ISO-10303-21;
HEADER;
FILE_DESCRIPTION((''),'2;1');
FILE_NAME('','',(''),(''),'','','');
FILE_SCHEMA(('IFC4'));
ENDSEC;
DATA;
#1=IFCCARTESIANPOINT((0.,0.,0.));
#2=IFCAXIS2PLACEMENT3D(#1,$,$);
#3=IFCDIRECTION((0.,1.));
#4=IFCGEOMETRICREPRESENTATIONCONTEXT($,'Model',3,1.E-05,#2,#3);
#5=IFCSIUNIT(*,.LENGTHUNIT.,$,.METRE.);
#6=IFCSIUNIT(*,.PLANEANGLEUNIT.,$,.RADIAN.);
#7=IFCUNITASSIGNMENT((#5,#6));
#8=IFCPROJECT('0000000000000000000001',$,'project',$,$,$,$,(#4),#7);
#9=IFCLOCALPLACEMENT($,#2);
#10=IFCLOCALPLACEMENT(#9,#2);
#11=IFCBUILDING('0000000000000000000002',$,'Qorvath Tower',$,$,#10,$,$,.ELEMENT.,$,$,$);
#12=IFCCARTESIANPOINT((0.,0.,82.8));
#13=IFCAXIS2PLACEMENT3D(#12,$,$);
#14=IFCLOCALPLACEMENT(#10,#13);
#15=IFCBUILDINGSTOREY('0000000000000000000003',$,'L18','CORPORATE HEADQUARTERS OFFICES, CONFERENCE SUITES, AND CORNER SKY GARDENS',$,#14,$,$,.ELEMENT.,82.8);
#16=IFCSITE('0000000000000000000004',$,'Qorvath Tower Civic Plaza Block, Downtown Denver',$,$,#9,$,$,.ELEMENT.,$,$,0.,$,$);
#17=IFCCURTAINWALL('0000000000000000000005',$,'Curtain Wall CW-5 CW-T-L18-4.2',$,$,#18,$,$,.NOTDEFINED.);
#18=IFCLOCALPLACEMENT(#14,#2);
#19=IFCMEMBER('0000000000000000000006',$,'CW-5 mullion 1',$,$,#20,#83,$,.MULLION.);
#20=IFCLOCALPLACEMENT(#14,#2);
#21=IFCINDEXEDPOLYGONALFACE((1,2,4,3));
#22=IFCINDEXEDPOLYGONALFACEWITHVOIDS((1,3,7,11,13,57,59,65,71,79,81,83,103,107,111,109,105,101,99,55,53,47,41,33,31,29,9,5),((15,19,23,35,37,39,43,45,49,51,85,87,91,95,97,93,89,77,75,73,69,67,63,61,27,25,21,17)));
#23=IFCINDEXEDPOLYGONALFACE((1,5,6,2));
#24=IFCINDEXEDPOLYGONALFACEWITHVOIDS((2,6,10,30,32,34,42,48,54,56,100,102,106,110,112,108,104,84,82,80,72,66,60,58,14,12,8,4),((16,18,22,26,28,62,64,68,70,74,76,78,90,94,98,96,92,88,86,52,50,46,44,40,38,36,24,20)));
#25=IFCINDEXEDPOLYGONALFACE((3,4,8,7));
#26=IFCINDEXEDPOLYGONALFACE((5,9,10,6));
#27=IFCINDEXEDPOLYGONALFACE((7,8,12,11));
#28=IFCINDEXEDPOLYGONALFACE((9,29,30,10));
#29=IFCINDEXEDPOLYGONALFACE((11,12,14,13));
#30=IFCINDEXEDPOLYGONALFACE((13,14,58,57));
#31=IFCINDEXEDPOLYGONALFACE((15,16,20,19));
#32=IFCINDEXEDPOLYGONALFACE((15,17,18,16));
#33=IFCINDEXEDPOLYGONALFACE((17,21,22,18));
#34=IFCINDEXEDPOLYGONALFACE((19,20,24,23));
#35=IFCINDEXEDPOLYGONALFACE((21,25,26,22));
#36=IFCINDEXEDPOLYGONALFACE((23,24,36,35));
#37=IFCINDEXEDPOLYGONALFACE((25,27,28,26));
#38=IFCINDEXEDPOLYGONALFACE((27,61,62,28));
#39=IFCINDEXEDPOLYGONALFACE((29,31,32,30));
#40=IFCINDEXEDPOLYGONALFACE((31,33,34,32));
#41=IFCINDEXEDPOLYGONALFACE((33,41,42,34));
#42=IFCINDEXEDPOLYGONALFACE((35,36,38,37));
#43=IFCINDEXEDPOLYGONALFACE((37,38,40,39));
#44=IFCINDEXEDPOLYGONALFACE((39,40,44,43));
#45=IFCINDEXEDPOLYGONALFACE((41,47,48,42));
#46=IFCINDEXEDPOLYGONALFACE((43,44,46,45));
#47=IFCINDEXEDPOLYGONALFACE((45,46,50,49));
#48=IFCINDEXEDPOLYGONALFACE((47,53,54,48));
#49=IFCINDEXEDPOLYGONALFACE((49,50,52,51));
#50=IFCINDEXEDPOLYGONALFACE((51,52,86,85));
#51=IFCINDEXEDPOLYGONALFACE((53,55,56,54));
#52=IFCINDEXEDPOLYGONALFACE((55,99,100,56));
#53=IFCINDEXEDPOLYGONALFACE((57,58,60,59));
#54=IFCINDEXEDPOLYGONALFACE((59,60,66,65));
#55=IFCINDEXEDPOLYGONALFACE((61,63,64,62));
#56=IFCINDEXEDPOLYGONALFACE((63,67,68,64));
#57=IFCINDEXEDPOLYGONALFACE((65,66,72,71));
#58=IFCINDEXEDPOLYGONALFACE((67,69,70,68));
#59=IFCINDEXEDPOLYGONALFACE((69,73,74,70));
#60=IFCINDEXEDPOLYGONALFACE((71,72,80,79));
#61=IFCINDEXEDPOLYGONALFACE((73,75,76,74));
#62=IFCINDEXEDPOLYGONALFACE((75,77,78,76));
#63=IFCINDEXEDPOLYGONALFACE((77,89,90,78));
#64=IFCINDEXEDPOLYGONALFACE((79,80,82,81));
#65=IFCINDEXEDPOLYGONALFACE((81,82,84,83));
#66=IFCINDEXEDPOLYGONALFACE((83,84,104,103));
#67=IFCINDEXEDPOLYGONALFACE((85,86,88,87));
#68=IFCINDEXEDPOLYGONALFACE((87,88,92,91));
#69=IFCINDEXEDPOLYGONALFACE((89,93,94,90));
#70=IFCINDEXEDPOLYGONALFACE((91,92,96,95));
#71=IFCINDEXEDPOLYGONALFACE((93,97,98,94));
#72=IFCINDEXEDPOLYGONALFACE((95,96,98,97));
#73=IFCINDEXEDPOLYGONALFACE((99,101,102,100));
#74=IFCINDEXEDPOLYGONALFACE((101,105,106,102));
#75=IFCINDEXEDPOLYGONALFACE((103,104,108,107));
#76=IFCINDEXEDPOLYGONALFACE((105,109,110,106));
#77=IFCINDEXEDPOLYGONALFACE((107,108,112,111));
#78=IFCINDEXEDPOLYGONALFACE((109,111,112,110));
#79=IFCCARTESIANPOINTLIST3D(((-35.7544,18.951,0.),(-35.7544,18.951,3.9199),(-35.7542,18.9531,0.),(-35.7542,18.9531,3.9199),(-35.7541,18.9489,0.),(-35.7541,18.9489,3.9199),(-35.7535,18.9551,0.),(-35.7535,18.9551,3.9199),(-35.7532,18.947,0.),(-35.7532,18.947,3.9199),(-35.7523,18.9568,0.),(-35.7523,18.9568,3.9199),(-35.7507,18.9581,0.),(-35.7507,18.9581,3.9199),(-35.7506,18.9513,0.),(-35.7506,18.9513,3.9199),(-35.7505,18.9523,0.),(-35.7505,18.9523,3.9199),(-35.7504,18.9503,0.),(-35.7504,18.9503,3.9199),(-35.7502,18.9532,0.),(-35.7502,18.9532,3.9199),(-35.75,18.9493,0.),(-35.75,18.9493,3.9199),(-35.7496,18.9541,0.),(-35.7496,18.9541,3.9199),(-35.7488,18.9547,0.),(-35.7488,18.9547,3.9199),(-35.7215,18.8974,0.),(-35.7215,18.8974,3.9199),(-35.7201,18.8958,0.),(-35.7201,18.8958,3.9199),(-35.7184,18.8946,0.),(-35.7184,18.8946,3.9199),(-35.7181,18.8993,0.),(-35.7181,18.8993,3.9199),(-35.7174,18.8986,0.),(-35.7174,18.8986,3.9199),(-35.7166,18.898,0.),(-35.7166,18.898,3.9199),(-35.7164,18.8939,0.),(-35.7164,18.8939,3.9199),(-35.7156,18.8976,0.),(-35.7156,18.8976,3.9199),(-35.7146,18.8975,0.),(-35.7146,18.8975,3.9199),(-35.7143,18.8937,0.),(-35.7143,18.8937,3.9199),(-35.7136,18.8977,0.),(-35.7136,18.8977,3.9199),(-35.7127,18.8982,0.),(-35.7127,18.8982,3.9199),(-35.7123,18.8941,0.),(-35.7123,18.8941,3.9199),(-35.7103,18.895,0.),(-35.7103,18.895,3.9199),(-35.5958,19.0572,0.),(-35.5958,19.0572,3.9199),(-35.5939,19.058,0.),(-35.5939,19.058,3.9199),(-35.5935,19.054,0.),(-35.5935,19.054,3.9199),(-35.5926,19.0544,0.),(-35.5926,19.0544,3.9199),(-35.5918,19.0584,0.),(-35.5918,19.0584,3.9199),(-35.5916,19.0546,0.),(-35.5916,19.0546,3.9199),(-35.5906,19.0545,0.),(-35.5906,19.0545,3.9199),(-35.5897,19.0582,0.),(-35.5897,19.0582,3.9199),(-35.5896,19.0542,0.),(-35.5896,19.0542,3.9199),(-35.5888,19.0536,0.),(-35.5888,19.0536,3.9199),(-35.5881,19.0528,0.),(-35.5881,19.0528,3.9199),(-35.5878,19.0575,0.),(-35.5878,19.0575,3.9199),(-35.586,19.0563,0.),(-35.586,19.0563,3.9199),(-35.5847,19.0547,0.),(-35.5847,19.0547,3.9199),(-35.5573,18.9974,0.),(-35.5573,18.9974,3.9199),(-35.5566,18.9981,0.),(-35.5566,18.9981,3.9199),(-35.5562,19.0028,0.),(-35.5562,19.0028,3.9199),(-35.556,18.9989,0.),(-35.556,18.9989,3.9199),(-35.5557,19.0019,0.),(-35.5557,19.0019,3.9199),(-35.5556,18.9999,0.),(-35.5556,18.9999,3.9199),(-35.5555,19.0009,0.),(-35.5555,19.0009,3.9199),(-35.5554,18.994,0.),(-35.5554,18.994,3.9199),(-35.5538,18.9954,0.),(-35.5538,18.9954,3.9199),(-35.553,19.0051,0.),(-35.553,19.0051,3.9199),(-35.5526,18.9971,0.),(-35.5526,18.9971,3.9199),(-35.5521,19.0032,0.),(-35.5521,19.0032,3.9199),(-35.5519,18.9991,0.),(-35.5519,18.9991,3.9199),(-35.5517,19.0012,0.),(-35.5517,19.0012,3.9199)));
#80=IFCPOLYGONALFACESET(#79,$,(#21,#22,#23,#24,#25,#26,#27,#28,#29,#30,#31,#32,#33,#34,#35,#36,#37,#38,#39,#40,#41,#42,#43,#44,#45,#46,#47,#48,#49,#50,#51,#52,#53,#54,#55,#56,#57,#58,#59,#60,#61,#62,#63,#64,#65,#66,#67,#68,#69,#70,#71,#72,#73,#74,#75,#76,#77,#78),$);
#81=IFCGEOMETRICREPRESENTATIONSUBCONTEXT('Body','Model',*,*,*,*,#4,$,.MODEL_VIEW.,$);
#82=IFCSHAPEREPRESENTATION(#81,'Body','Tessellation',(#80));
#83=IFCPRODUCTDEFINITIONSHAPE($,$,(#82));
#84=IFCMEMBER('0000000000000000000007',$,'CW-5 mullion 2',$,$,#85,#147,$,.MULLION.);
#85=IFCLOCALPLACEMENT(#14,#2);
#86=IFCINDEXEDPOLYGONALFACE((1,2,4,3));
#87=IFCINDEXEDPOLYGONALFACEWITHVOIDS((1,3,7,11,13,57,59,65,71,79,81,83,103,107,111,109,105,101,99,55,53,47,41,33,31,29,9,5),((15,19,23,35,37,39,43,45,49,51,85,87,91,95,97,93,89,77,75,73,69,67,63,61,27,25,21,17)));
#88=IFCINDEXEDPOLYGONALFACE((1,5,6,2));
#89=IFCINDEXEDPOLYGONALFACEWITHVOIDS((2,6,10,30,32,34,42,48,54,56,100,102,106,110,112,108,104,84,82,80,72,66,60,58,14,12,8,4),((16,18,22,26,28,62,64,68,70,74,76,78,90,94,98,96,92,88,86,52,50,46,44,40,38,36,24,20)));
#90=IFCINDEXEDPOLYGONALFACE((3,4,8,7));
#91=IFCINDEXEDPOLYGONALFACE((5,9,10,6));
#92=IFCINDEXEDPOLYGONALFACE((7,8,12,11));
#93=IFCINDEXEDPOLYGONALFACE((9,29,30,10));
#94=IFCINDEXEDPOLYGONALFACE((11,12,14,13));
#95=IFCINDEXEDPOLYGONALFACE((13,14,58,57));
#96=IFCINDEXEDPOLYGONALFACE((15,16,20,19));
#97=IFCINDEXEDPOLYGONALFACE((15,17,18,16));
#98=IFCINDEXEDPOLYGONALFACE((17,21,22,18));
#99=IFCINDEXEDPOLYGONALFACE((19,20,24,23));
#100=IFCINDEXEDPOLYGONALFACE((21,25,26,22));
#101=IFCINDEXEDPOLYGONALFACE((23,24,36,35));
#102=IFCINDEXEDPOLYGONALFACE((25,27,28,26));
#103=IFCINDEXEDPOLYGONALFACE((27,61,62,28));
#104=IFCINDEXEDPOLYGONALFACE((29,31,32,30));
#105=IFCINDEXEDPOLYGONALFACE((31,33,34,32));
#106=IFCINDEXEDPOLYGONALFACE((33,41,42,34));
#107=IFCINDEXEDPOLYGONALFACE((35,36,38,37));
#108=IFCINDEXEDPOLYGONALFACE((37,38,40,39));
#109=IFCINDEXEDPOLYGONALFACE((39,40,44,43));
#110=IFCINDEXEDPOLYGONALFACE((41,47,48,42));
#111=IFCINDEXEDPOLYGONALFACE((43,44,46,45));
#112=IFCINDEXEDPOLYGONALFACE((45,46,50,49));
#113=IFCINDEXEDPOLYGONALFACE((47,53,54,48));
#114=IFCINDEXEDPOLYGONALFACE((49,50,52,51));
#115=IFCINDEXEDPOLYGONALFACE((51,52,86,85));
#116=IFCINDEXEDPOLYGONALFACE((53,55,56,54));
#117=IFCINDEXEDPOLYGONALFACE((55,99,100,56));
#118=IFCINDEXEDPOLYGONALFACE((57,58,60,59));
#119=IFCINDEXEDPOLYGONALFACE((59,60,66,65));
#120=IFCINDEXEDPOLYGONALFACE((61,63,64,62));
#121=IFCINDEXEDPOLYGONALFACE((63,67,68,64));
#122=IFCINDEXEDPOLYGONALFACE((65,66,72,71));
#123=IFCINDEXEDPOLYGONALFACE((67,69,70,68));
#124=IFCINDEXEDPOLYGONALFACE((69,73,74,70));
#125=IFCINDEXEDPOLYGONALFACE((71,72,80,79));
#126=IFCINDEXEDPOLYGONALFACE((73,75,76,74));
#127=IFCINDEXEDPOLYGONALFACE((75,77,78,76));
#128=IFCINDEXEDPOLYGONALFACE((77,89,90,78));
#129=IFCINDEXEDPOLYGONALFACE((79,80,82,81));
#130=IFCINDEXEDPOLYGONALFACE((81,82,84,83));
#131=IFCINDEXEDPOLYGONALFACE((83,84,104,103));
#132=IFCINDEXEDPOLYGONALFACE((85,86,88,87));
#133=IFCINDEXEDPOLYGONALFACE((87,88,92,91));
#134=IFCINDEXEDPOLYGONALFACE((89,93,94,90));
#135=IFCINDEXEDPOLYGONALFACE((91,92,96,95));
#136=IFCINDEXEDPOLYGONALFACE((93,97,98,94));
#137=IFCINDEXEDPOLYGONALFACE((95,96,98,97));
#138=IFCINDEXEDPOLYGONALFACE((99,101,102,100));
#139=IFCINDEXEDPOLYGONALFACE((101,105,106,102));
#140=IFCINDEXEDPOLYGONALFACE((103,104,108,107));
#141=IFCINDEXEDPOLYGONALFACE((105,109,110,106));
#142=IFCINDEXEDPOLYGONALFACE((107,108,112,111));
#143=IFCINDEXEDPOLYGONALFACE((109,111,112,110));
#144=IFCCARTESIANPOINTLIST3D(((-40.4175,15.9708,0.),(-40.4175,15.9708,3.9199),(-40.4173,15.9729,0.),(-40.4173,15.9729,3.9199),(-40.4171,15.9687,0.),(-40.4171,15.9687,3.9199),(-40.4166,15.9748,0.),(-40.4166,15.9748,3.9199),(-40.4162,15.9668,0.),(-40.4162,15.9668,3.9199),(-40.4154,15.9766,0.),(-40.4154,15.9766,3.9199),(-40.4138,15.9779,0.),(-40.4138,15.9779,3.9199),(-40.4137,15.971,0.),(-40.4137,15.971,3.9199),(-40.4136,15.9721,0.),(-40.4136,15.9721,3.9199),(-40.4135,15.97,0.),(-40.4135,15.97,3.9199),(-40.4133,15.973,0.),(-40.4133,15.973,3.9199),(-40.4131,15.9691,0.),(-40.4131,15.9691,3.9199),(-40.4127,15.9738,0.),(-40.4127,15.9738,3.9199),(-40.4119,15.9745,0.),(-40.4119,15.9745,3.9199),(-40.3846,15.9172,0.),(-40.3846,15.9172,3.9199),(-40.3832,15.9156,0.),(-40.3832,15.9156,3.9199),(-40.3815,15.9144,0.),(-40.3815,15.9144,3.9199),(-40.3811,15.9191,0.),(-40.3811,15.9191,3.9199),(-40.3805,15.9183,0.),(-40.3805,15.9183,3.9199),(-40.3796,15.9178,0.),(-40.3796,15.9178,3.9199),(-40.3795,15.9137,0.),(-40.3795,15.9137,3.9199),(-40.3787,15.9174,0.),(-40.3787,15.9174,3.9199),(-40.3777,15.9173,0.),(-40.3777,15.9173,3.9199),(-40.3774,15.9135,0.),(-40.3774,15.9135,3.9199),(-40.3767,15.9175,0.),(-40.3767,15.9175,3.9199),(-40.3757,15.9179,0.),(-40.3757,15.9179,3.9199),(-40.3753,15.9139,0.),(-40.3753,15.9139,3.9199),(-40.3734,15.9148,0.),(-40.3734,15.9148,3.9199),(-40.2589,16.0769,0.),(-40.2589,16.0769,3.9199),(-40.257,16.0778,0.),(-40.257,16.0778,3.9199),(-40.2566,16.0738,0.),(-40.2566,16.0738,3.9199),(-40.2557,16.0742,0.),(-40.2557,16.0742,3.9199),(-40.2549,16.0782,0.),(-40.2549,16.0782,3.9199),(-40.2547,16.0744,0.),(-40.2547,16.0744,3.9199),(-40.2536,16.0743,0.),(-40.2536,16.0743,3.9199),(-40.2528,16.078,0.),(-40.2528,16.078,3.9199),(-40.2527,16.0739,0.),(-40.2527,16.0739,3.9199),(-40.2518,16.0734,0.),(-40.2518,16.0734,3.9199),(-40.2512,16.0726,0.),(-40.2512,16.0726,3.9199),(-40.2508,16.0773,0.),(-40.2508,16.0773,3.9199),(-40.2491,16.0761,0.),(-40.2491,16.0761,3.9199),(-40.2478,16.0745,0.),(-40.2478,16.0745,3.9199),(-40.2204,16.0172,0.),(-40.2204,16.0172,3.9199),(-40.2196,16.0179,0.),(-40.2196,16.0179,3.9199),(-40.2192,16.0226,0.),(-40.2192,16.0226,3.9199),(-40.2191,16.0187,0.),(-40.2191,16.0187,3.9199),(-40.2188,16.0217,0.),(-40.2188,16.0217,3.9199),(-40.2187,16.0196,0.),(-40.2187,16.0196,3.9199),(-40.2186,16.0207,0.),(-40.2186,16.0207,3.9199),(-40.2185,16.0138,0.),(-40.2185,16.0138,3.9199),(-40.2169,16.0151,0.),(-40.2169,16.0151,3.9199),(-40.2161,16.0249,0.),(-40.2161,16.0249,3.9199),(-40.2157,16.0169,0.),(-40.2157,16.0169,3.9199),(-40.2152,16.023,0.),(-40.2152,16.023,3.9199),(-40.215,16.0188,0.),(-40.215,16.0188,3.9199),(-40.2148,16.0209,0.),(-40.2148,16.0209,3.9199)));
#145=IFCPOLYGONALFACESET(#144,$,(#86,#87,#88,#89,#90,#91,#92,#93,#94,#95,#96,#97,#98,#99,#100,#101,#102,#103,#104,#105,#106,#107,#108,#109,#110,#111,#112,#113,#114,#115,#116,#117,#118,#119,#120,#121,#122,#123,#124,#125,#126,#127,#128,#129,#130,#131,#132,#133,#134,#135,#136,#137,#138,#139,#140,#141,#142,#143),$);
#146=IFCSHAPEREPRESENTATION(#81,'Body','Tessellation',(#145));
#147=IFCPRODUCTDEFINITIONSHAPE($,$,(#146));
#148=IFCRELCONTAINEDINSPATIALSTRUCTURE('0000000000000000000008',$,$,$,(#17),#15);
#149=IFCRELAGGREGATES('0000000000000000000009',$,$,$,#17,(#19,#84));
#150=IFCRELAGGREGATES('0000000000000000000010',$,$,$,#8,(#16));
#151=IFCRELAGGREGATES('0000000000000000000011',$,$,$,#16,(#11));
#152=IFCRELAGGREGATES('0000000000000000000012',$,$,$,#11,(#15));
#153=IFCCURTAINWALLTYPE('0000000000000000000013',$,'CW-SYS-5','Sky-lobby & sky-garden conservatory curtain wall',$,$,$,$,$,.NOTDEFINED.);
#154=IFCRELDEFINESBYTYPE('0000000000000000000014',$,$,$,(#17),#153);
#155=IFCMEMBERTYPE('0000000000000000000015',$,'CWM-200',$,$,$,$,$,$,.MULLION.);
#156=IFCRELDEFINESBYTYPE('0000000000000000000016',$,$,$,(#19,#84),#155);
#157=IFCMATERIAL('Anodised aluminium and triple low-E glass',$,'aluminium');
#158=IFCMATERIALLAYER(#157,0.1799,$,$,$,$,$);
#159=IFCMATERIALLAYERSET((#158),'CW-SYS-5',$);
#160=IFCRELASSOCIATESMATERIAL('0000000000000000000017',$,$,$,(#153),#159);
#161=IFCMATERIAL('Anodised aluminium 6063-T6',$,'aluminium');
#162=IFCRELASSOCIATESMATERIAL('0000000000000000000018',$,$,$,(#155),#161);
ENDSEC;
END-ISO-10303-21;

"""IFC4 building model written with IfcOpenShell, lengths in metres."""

from ifc_helpers import new_model, si_unit, direction, frame, origin, origin_2d, place, context, subcontext, project, spatial, hollow_rectangle, extrude, material, layer, layer_set, material_profile, profile_set, type_object, element, aggregate, save


model = new_model("IFC4")

# Units and contexts
model_context = context("Model", 3, precision=1e-05, world=origin(), true_north=direction((0.0, 1.0)))
body_context = subcontext(model_context, "Body", "Model", "MODEL_VIEW")
ifc_project = project(units=[si_unit("LENGTHUNIT", "METRE"), si_unit("PLANEANGLEUNIT", "RADIAN")], contexts=[model_context])

# Site, building, storey
site_placement = place(None, origin())
site = spatial("IfcSite", under=ifc_project, at=site_placement, Name="Qorvath Tower Civic Plaza Block, Downtown Denver", CompositionType="ELEMENT", RefElevation=0.0)
building_placement = place(site_placement, origin())
building = spatial("IfcBuilding", under=site, at=building_placement, Name="Qorvath Tower", CompositionType="ELEMENT")
storey_placement = place(building_placement, frame((0.0, 0.0, 82.8)))
storey = spatial("IfcBuildingStorey", under=building, at=storey_placement, Name="L18", Description="CORPORATE HEADQUARTERS OFFICES, CONFERENCE SUITES, AND CORNER SKY GARDENS", CompositionType="ELEMENT", Elevation=82.8)

# Curtain wall, members
ifc_material_1 = material(Name="Anodised aluminium and triple low-E glass", Category="aluminium")
ifc_layer_1 = layer(ifc_material_1, 0.1799)
ifc_layer_set_1 = layer_set([ifc_layer_1], Name="CW-SYS-5")
curtain_wall_type = type_object("IfcCurtainWallType", Name="CW-SYS-5", Description="Sky-lobby & sky-garden conservatory curtain wall", PredefinedType="NOTDEFINED", material=ifc_layer_set_1)
ifc_material_2 = material(Name="Anodised aluminium 6063-T6", Category="aluminium")
ifc_material_profile_1 = material_profile(ifc_material_2, hollow_rectangle(XDim=0.075, YDim=0.2, WallThickness=0.0039, InnerFilletRadius=0.0039, OuterFilletRadius=0.0081, at=origin_2d()), Name="CWM 200x75")
ifc_profile_set_1 = profile_set([ifc_material_profile_1], Name="Anodised aluminium 6063-T6")
member_type_1 = type_object("IfcMemberType", Name="CWM-200", PredefinedType="MULLION", material=ifc_profile_set_1)
curtain_wall_1_placement = place(storey_placement, origin())
curtain_wall_1 = element("IfcCurtainWall", 1, at=curtain_wall_1_placement, inside=storey, type_object=curtain_wall_type, Name="Curtain Wall CW-5 CW-T-L18-4.2", PredefinedType="NOTDEFINED")
member_1_placement = place(storey_placement, frame((-35.6531, 18.9761, 0.0), z_axis=(0.0, 0.0, 1.0), x_axis=(0.538533, -0.842605, 0.0)))
member_1 = element("IfcMember", 2, at=member_1_placement, type_object=member_type_1, Name="CW-5 mullion 1", PredefinedType="MULLION", context=body_context, shape_type="SweptSolid", body=[
    extrude(hollow_rectangle(XDim=0.075, YDim=0.2, WallThickness=0.0039, InnerFilletRadius=0.0039, OuterFilletRadius=0.0081, at=origin_2d()), origin(), (0.0, 0.0, 1.0), 3.9199),
])
member_2_placement = place(storey_placement, frame((-40.3162, 15.9958, 0.0), z_axis=(0.0, 0.0, 1.0), x_axis=(0.538533, -0.842605, 0.0)))
member_2 = element("IfcMember", 3, at=member_2_placement, type_object=member_type_1, Name="CW-5 mullion 2", PredefinedType="MULLION", context=body_context, shape_type="SweptSolid", body=[
    extrude(hollow_rectangle(XDim=0.075, YDim=0.2, WallThickness=0.0039, InnerFilletRadius=0.0039, OuterFilletRadius=0.0081, at=origin_2d()), origin(), (0.0, 0.0, 1.0), 3.9199),
])

aggregate(curtain_wall_1, [member_1, member_2])

save(model, "model.ifc")
